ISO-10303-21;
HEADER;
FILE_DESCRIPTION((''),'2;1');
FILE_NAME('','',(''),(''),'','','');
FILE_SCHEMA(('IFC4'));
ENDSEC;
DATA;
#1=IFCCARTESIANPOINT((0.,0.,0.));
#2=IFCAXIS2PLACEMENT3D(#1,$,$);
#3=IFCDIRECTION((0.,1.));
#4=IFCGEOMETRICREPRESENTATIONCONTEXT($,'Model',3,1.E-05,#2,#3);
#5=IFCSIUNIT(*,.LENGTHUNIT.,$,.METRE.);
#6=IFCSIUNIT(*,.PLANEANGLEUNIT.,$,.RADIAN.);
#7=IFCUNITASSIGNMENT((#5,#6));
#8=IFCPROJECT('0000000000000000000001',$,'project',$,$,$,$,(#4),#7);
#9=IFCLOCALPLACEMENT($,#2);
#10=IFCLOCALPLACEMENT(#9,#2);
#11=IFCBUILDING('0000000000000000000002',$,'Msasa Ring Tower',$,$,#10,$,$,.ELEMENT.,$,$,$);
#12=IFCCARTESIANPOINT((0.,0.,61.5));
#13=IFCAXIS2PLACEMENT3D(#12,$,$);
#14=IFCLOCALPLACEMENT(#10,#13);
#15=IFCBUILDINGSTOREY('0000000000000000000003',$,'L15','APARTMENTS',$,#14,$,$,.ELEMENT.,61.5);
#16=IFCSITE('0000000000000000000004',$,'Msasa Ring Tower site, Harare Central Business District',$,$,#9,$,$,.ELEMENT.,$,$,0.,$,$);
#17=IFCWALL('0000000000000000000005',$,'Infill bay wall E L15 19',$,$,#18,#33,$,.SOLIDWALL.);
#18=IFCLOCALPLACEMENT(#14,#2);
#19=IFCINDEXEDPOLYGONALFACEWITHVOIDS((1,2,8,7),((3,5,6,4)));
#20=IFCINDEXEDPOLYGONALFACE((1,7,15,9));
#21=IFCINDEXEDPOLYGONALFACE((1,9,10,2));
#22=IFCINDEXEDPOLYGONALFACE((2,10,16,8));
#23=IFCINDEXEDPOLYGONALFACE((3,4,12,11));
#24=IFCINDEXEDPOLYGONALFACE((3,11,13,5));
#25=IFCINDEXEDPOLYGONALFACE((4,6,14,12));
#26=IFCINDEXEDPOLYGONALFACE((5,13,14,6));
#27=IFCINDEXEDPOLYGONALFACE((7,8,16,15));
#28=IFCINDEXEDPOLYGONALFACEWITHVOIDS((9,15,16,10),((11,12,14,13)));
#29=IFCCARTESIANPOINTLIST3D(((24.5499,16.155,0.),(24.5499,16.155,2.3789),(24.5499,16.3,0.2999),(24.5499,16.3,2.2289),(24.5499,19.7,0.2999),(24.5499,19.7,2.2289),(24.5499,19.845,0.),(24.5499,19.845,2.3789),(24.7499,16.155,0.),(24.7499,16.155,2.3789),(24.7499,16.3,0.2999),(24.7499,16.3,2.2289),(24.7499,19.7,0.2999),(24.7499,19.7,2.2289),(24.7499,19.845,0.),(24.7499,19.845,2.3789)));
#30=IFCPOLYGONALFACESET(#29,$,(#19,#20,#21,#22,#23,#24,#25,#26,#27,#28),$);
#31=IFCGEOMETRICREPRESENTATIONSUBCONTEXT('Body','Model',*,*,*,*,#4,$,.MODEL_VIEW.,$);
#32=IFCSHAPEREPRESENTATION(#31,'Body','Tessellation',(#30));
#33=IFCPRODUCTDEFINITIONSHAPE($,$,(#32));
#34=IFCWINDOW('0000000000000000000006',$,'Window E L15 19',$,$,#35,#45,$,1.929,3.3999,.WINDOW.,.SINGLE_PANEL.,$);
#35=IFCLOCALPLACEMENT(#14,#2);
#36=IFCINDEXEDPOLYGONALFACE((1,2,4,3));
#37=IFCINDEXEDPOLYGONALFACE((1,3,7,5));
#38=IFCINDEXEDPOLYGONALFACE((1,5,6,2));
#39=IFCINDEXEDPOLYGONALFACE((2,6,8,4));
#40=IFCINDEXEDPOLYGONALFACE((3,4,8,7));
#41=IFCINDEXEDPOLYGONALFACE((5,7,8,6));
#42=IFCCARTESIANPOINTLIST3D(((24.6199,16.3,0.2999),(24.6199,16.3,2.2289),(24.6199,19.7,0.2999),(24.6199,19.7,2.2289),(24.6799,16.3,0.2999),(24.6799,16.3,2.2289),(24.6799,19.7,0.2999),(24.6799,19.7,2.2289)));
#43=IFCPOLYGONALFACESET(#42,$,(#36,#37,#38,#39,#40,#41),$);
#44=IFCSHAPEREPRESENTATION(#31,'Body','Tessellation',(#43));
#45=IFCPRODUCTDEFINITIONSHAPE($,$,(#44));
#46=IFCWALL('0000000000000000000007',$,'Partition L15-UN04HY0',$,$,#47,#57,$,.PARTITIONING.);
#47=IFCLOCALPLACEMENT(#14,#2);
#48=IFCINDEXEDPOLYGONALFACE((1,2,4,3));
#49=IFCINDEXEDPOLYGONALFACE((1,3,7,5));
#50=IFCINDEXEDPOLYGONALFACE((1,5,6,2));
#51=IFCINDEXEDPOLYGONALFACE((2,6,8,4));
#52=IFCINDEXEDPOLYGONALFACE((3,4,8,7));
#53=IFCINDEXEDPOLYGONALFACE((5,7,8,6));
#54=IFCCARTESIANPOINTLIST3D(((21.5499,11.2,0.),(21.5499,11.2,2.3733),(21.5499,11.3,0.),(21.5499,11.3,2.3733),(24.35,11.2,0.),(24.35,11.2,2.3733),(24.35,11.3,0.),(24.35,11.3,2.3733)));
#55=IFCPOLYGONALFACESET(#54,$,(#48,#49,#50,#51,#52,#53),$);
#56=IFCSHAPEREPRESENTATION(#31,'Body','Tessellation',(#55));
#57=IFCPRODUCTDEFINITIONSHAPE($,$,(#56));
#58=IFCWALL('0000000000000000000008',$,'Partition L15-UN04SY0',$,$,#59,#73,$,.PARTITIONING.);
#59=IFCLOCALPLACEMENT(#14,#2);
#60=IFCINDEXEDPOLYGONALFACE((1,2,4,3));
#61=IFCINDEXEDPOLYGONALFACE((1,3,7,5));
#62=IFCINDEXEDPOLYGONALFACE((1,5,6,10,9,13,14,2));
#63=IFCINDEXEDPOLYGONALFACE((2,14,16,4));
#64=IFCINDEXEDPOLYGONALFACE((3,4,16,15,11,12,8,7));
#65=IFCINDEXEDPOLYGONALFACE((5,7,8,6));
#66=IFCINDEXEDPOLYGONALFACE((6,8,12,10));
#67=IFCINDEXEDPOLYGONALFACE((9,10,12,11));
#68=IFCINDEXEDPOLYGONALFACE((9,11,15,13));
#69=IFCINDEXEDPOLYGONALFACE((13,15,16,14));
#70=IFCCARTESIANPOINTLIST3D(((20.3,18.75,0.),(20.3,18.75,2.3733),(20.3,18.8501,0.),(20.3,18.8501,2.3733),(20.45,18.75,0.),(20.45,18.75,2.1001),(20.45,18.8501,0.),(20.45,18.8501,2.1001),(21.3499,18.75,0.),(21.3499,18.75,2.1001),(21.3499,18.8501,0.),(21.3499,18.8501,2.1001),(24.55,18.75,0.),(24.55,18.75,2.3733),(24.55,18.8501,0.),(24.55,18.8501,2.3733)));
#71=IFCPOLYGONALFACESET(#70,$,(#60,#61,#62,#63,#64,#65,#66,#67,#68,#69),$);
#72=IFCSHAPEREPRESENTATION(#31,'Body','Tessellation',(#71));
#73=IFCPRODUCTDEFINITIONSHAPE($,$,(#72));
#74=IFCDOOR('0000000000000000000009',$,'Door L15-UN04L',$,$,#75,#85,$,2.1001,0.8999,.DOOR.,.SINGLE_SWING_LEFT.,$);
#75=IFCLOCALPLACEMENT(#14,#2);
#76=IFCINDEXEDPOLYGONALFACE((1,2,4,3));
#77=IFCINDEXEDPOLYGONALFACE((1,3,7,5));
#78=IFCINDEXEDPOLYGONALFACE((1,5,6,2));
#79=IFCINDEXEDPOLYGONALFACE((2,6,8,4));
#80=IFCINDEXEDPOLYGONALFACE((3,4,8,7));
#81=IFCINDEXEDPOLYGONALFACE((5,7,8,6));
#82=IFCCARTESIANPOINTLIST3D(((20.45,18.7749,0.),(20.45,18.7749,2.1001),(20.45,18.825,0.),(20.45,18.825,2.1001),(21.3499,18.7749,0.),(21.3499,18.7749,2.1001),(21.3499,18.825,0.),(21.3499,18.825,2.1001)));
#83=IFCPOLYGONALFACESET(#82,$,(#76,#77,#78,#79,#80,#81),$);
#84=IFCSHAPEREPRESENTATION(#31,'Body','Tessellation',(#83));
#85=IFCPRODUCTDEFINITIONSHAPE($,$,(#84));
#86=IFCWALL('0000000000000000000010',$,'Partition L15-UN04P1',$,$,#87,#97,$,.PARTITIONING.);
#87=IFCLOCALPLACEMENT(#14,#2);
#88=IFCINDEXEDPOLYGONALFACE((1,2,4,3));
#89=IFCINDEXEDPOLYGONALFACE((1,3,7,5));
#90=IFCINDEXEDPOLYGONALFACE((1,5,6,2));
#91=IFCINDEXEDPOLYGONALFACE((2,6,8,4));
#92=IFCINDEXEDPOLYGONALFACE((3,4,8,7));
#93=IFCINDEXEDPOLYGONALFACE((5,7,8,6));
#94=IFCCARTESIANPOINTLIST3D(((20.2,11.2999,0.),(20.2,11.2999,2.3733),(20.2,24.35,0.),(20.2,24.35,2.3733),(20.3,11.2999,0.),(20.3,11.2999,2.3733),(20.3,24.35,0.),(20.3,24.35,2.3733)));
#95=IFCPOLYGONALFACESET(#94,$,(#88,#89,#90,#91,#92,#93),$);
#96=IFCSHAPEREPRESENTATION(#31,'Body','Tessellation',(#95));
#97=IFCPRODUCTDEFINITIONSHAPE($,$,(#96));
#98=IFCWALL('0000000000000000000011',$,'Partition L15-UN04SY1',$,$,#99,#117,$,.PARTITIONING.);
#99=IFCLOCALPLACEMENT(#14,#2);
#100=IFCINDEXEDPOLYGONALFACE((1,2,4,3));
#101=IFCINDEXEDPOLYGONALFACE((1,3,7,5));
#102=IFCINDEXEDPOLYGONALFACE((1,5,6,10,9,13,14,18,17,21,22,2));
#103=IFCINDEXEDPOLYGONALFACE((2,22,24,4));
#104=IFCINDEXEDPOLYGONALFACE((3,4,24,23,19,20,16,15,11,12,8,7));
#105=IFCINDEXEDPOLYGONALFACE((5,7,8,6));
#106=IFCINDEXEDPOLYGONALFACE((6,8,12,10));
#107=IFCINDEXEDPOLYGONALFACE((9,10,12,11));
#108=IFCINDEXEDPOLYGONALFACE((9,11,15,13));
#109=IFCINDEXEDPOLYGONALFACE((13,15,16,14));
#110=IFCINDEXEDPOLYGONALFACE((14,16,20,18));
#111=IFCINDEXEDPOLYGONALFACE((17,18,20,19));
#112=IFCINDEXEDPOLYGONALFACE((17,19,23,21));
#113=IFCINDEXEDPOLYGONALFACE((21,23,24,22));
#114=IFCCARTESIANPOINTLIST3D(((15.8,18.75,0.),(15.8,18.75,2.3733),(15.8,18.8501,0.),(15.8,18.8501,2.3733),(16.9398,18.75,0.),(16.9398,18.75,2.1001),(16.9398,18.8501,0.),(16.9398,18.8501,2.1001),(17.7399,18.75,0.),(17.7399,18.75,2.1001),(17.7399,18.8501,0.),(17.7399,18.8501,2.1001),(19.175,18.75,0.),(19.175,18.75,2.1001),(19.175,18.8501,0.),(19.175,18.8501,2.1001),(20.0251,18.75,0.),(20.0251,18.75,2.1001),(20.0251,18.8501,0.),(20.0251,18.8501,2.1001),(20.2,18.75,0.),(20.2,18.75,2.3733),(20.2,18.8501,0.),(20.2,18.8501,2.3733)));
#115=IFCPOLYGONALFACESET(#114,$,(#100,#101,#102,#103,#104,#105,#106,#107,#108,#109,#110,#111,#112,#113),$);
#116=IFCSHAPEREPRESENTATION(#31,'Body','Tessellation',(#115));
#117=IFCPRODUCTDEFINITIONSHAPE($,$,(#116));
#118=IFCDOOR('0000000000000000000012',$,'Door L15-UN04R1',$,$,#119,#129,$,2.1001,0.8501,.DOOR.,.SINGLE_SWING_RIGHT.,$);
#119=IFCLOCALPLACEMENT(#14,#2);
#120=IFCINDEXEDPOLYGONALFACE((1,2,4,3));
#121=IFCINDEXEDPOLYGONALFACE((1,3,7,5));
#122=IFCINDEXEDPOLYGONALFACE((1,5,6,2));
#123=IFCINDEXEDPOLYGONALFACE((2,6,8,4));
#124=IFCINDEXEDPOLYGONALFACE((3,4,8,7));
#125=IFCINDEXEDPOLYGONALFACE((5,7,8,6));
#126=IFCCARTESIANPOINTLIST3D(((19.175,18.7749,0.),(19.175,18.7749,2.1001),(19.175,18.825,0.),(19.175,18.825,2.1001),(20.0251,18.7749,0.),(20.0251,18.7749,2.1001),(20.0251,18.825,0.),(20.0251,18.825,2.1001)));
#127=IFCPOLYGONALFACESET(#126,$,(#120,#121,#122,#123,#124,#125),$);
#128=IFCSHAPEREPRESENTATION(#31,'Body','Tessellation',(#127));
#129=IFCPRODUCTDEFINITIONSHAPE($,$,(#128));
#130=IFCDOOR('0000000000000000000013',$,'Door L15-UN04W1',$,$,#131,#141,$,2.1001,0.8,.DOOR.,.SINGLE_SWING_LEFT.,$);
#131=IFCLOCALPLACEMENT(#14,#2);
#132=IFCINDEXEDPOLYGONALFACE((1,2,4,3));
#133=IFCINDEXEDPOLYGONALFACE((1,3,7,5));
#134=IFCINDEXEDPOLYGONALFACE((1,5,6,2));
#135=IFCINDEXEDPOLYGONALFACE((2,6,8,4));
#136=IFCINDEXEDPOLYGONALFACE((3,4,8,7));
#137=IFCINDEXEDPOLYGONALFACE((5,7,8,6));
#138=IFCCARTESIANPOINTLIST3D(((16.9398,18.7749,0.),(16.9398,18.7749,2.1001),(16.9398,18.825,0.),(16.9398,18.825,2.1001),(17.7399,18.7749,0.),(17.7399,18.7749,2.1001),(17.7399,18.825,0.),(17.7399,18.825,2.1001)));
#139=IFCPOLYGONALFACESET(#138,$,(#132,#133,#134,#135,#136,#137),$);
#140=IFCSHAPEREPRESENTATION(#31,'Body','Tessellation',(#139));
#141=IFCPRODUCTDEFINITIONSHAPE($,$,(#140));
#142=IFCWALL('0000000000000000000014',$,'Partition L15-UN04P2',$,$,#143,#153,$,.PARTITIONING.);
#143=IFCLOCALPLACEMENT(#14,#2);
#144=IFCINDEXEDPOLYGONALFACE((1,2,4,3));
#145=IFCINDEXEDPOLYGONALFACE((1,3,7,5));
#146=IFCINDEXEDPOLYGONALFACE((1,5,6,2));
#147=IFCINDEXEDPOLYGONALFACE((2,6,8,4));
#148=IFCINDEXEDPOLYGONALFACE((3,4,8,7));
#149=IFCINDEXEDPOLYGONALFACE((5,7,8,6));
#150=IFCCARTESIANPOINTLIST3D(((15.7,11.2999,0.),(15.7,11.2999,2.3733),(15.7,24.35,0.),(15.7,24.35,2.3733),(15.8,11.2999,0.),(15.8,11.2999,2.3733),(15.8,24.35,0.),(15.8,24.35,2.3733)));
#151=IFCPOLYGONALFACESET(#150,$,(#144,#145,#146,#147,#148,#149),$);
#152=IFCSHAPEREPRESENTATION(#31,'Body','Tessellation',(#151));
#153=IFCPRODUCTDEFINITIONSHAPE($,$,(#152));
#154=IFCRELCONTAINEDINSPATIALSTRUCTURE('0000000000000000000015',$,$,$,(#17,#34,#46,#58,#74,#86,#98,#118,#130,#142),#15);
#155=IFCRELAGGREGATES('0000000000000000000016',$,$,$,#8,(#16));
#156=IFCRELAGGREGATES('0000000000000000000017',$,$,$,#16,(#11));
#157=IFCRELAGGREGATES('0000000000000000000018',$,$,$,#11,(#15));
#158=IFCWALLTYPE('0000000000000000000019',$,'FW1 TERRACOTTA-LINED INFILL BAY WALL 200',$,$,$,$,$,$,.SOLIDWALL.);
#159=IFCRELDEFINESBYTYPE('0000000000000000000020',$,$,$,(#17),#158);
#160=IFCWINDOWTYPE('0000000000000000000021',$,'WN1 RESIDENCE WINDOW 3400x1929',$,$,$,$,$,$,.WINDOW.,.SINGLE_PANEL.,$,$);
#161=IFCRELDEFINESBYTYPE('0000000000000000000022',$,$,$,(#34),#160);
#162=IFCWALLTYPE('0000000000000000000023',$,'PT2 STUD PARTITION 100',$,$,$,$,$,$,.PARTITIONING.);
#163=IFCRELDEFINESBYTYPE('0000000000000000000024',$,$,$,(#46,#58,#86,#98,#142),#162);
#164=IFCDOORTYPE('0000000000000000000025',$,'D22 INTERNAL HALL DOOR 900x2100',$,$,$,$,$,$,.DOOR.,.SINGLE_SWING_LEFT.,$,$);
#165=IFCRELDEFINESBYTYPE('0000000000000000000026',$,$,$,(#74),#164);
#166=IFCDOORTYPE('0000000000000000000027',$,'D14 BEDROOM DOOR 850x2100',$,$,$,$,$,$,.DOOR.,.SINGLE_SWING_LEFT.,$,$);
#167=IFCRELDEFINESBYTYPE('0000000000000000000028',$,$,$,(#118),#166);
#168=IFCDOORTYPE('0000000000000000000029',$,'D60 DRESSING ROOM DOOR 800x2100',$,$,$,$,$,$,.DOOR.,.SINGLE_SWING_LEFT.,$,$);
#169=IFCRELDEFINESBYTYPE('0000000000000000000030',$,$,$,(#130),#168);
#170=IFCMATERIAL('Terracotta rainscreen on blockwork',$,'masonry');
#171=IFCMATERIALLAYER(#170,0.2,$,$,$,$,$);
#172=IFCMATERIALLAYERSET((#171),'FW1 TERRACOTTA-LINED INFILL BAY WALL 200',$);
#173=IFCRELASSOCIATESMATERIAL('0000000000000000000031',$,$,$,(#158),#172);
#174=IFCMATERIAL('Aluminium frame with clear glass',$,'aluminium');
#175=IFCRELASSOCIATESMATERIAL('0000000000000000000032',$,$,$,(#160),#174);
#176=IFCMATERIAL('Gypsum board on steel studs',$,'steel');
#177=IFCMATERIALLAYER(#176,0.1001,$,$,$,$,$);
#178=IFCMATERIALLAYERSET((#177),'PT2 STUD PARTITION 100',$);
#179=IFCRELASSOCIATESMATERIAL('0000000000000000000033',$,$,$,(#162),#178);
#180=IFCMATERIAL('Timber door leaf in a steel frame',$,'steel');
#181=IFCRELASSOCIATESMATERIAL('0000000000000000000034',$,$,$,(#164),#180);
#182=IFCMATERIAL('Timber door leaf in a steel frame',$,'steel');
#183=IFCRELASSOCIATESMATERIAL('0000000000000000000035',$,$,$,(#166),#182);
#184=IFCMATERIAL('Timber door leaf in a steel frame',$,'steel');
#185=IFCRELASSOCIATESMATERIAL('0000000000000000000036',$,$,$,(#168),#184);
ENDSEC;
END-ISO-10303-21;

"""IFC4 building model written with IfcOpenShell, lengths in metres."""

from ifc_helpers import new_model, si_unit, direction, frame, frame_2d, origin, place, context, subcontext, project, spatial, rectangle, extrude, material, layer, layer_set, type_object, element, fill, save


model = new_model("IFC4")

# Units and contexts
model_context = context("Model", 3, precision=1e-05, world=origin(), true_north=direction((0.0, 1.0)))
body_context = subcontext(model_context, "Body", "Model", "MODEL_VIEW")
ifc_project = project(units=[si_unit("LENGTHUNIT", "METRE"), si_unit("PLANEANGLEUNIT", "RADIAN")], contexts=[model_context])

# Site, building, storey
site_placement = place(None, origin())
site = spatial("IfcSite", under=ifc_project, at=site_placement, Name="Msasa Ring Tower site, Harare Central Business District", CompositionType="ELEMENT", RefElevation=0.0)
building_placement = place(site_placement, origin())
building = spatial("IfcBuilding", under=site, at=building_placement, Name="Msasa Ring Tower", CompositionType="ELEMENT")
storey_placement = place(building_placement, frame((0.0, 0.0, 61.5)))
storey = spatial("IfcBuildingStorey", under=building, at=storey_placement, Name="L15", Description="APARTMENTS", CompositionType="ELEMENT", Elevation=61.5)

# Wall, opening, window
ifc_material_1 = material(Name="Terracotta rainscreen on blockwork", Category="masonry")
ifc_layer_1 = layer(ifc_material_1, 0.2)
ifc_layer_set_1 = layer_set([ifc_layer_1], Name="FW1 TERRACOTTA-LINED INFILL BAY WALL 200")
wall_type_1 = type_object("IfcWallType", Name="FW1 TERRACOTTA-LINED INFILL BAY WALL 200", PredefinedType="SOLIDWALL", material=ifc_layer_set_1)
ifc_material_2 = material(Name="Aluminium frame with clear glass", Category="aluminium")
window_type = type_object("IfcWindowType", Name="WN1 RESIDENCE WINDOW 3400x1929", PartitioningType="SINGLE_PANEL", PredefinedType="WINDOW", material=ifc_material_2)
wall_1_placement = place(storey_placement, frame((24.6499, 16.155, 0.0), z_axis=(0.0, 0.0, 1.0), x_axis=(0.0, 1.0, 0.0)))
wall_1 = element("IfcWall", 1, at=wall_1_placement, inside=storey, type_object=wall_type_1, Name="Infill bay wall E L15 19", PredefinedType="SOLIDWALL", context=body_context, shape_type="SweptSolid", body=[
    extrude(rectangle(XDim=3.6899, YDim=0.2, at=frame_2d((1.845, 0.0))), origin(), (0.0, 0.0, 1.0), 2.3789),
])
opening_1_placement = place(wall_1_placement, frame((0.145, 0.0, 0.3)))
opening_1 = element("IfcOpeningElement", 2, at=opening_1_placement, cuts=wall_1, PredefinedType="OPENING", context=body_context, shape_type="SweptSolid", body=[
    extrude(rectangle(XDim=3.3999, YDim=1.929, at=frame_2d((1.7, 0.9644))), frame((0.0, 0.1099, 0.0), z_axis=(0.0, -1.0, 0.0), x_axis=(1.0, 0.0, 0.0)), (0.0, 0.0, 1.0), 0.22),
])
window_1_placement = place(opening_1_placement, origin())
window_1 = element("IfcWindow", 3, at=window_1_placement, inside=storey, type_object=window_type, Name="Window E L15 19", OverallHeight=1.929, OverallWidth=3.3999, PartitioningType="SINGLE_PANEL", PredefinedType="WINDOW", context=body_context, shape_type="SweptSolid", body=[
    extrude(rectangle(XDim=3.3999, YDim=1.929, at=frame_2d((1.7, 0.9644))), frame((0.0, 0.03, 0.0), z_axis=(0.0, -1.0, 0.0), x_axis=(1.0, 0.0, 0.0)), (0.0, 0.0, 1.0), 0.0601),
])
fill(opening_1, window_1)

# Wall
ifc_material_3 = material(Name="Gypsum board on steel studs", Category="steel")
ifc_layer_2 = layer(ifc_material_3, 0.1001)
ifc_layer_set_2 = layer_set([ifc_layer_2], Name="PT2 STUD PARTITION 100")
wall_type_2 = type_object("IfcWallType", Name="PT2 STUD PARTITION 100", PredefinedType="PARTITIONING", material=ifc_layer_set_2)
wall_2_placement = place(storey_placement, frame((21.55, 11.25, 0.0), z_axis=(0.0, 0.0, 1.0), x_axis=(1.0, 0.0, 0.0)))
element("IfcWall", 4, at=wall_2_placement, inside=storey, type_object=wall_type_2, Name="Partition L15-UN04HY0", PredefinedType="PARTITIONING", context=body_context, shape_type="SweptSolid", body=[
    extrude(rectangle(XDim=2.8, YDim=0.1001, at=frame_2d((1.3999, 0.0))), origin(), (0.0, 0.0, 1.0), 2.3733),
])

# Wall, opening, door
wall_3_placement = place(storey_placement, frame((20.3, 18.8, 0.0), z_axis=(0.0, 0.0, 1.0), x_axis=(1.0, 0.0, 0.0)))
wall_3 = element("IfcWall", 5, at=wall_3_placement, inside=storey, type_object=wall_type_2, Name="Partition L15-UN04SY0", PredefinedType="PARTITIONING", context=body_context, shape_type="SweptSolid", body=[
    extrude(rectangle(XDim=4.25, YDim=0.1001, at=frame_2d((2.125, 0.0))), origin(), (0.0, 0.0, 1.0), 2.3733),
])
opening_2_placement = place(wall_3_placement, frame((0.1499, 0.0, 0.0)))
opening_2 = element("IfcOpeningElement", 6, at=opening_2_placement, cuts=wall_3, PredefinedType="OPENING", context=body_context, shape_type="SweptSolid", body=[
    extrude(rectangle(XDim=0.8999, YDim=2.1001, at=frame_2d((0.45, 1.05))), frame((0.0, 0.0601, 0.0), z_axis=(0.0, -1.0, 0.0), x_axis=(1.0, 0.0, 0.0)), (0.0, 0.0, 1.0), 0.1201),
])
ifc_material_4 = material(Name="Timber door leaf in a steel frame", Category="steel")
door_type_1 = type_object("IfcDoorType", Name="D22 INTERNAL HALL DOOR 900x2100", OperationType="SINGLE_SWING_LEFT", PredefinedType="DOOR", material=ifc_material_4)
door_1_placement = place(opening_2_placement, origin())
door_1 = element("IfcDoor", 7, at=door_1_placement, inside=storey, type_object=door_type_1, Name="Door L15-UN04L", OperationType="SINGLE_SWING_LEFT", OverallHeight=2.1001, OverallWidth=0.8999, PredefinedType="DOOR", context=body_context, shape_type="SweptSolid", body=[
    extrude(rectangle(XDim=0.8999, YDim=2.1001, at=frame_2d((0.45, 1.05))), frame((0.0, 0.0249, 0.0), z_axis=(0.0, -1.0, 0.0), x_axis=(1.0, 0.0, 0.0)), (0.0, 0.0, 1.0), 0.05),
])
fill(opening_2, door_1)

# Wall
wall_4_placement = place(storey_placement, frame((20.25, 11.3, 0.0), z_axis=(0.0, 0.0, 1.0), x_axis=(0.0, 1.0, 0.0)))
element("IfcWall", 8, at=wall_4_placement, inside=storey, type_object=wall_type_2, Name="Partition L15-UN04P1", PredefinedType="PARTITIONING", context=body_context, shape_type="SweptSolid", body=[
    extrude(rectangle(XDim=13.05, YDim=0.1001, at=frame_2d((6.5249, 0.0))), origin(), (0.0, 0.0, 1.0), 2.3733),
])

# Wall, openings, doors
wall_5_placement = place(storey_placement, frame((15.8, 18.8, 0.0), z_axis=(0.0, 0.0, 1.0), x_axis=(1.0, 0.0, 0.0)))
wall_5 = element("IfcWall", 9, at=wall_5_placement, inside=storey, type_object=wall_type_2, Name="Partition L15-UN04SY1", PredefinedType="PARTITIONING", context=body_context, shape_type="SweptSolid", body=[
    extrude(rectangle(XDim=4.3999, YDim=0.1001, at=frame_2d((2.2, 0.0))), origin(), (0.0, 0.0, 1.0), 2.3733),
])
opening_3_placement = place(wall_5_placement, frame((3.375, 0.0, 0.0)))
opening_3 = element("IfcOpeningElement", 10, at=opening_3_placement, cuts=wall_5, PredefinedType="OPENING", context=body_context, shape_type="SweptSolid", body=[
    extrude(rectangle(XDim=0.8501, YDim=2.1001, at=frame_2d((0.425, 1.05))), frame((0.0, 0.0601, 0.0), z_axis=(0.0, -1.0, 0.0), x_axis=(1.0, 0.0, 0.0)), (0.0, 0.0, 1.0), 0.1201),
])
opening_4_placement = place(wall_5_placement, frame((1.1399, 0.0, 0.0)))
opening_4 = element("IfcOpeningElement", 11, at=opening_4_placement, cuts=wall_5, PredefinedType="OPENING", context=body_context, shape_type="SweptSolid", body=[
    extrude(rectangle(XDim=0.8, YDim=2.1001, at=frame_2d((0.3999, 1.05))), frame((0.0, 0.0601, 0.0), z_axis=(0.0, -1.0, 0.0), x_axis=(1.0, 0.0, 0.0)), (0.0, 0.0, 1.0), 0.1201),
])
ifc_material_5 = material(Name="Timber door leaf in a steel frame", Category="steel")
door_type_2 = type_object("IfcDoorType", Name="D14 BEDROOM DOOR 850x2100", OperationType="SINGLE_SWING_LEFT", PredefinedType="DOOR", material=ifc_material_5)
door_2_placement = place(opening_3_placement, origin())
door_2 = element("IfcDoor", 12, at=door_2_placement, inside=storey, type_object=door_type_2, Name="Door L15-UN04R1", OperationType="SINGLE_SWING_RIGHT", OverallHeight=2.1001, OverallWidth=0.8501, PredefinedType="DOOR", context=body_context, shape_type="SweptSolid", body=[
    extrude(rectangle(XDim=0.8501, YDim=2.1001, at=frame_2d((0.425, 1.05))), frame((0.0, 0.0249, 0.0), z_axis=(0.0, -1.0, 0.0), x_axis=(1.0, 0.0, 0.0)), (0.0, 0.0, 1.0), 0.05),
])
fill(opening_3, door_2)
ifc_material_6 = material(Name="Timber door leaf in a steel frame", Category="steel")
door_type_3 = type_object("IfcDoorType", Name="D60 DRESSING ROOM DOOR 800x2100", OperationType="SINGLE_SWING_LEFT", PredefinedType="DOOR", material=ifc_material_6)
door_3_placement = place(opening_4_placement, origin())
door_3 = element("IfcDoor", 13, at=door_3_placement, inside=storey, type_object=door_type_3, Name="Door L15-UN04W1", OperationType="SINGLE_SWING_LEFT", OverallHeight=2.1001, OverallWidth=0.8, PredefinedType="DOOR", context=body_context, shape_type="SweptSolid", body=[
    extrude(rectangle(XDim=0.8, YDim=2.1001, at=frame_2d((0.3999, 1.05))), frame((0.0, 0.0249, 0.0), z_axis=(0.0, -1.0, 0.0), x_axis=(1.0, 0.0, 0.0)), (0.0, 0.0, 1.0), 0.05),
])
fill(opening_4, door_3)

# Wall
wall_6_placement = place(storey_placement, frame((15.75, 11.3, 0.0), z_axis=(0.0, 0.0, 1.0), x_axis=(0.0, 1.0, 0.0)))
element("IfcWall", 14, at=wall_6_placement, inside=storey, type_object=wall_type_2, Name="Partition L15-UN04P2", PredefinedType="PARTITIONING", context=body_context, shape_type="SweptSolid", body=[
    extrude(rectangle(XDim=13.05, YDim=0.1001, at=frame_2d((6.5249, 0.0))), origin(), (0.0, 0.0, 1.0), 2.3733),
])

save(model, "model.ifc")
